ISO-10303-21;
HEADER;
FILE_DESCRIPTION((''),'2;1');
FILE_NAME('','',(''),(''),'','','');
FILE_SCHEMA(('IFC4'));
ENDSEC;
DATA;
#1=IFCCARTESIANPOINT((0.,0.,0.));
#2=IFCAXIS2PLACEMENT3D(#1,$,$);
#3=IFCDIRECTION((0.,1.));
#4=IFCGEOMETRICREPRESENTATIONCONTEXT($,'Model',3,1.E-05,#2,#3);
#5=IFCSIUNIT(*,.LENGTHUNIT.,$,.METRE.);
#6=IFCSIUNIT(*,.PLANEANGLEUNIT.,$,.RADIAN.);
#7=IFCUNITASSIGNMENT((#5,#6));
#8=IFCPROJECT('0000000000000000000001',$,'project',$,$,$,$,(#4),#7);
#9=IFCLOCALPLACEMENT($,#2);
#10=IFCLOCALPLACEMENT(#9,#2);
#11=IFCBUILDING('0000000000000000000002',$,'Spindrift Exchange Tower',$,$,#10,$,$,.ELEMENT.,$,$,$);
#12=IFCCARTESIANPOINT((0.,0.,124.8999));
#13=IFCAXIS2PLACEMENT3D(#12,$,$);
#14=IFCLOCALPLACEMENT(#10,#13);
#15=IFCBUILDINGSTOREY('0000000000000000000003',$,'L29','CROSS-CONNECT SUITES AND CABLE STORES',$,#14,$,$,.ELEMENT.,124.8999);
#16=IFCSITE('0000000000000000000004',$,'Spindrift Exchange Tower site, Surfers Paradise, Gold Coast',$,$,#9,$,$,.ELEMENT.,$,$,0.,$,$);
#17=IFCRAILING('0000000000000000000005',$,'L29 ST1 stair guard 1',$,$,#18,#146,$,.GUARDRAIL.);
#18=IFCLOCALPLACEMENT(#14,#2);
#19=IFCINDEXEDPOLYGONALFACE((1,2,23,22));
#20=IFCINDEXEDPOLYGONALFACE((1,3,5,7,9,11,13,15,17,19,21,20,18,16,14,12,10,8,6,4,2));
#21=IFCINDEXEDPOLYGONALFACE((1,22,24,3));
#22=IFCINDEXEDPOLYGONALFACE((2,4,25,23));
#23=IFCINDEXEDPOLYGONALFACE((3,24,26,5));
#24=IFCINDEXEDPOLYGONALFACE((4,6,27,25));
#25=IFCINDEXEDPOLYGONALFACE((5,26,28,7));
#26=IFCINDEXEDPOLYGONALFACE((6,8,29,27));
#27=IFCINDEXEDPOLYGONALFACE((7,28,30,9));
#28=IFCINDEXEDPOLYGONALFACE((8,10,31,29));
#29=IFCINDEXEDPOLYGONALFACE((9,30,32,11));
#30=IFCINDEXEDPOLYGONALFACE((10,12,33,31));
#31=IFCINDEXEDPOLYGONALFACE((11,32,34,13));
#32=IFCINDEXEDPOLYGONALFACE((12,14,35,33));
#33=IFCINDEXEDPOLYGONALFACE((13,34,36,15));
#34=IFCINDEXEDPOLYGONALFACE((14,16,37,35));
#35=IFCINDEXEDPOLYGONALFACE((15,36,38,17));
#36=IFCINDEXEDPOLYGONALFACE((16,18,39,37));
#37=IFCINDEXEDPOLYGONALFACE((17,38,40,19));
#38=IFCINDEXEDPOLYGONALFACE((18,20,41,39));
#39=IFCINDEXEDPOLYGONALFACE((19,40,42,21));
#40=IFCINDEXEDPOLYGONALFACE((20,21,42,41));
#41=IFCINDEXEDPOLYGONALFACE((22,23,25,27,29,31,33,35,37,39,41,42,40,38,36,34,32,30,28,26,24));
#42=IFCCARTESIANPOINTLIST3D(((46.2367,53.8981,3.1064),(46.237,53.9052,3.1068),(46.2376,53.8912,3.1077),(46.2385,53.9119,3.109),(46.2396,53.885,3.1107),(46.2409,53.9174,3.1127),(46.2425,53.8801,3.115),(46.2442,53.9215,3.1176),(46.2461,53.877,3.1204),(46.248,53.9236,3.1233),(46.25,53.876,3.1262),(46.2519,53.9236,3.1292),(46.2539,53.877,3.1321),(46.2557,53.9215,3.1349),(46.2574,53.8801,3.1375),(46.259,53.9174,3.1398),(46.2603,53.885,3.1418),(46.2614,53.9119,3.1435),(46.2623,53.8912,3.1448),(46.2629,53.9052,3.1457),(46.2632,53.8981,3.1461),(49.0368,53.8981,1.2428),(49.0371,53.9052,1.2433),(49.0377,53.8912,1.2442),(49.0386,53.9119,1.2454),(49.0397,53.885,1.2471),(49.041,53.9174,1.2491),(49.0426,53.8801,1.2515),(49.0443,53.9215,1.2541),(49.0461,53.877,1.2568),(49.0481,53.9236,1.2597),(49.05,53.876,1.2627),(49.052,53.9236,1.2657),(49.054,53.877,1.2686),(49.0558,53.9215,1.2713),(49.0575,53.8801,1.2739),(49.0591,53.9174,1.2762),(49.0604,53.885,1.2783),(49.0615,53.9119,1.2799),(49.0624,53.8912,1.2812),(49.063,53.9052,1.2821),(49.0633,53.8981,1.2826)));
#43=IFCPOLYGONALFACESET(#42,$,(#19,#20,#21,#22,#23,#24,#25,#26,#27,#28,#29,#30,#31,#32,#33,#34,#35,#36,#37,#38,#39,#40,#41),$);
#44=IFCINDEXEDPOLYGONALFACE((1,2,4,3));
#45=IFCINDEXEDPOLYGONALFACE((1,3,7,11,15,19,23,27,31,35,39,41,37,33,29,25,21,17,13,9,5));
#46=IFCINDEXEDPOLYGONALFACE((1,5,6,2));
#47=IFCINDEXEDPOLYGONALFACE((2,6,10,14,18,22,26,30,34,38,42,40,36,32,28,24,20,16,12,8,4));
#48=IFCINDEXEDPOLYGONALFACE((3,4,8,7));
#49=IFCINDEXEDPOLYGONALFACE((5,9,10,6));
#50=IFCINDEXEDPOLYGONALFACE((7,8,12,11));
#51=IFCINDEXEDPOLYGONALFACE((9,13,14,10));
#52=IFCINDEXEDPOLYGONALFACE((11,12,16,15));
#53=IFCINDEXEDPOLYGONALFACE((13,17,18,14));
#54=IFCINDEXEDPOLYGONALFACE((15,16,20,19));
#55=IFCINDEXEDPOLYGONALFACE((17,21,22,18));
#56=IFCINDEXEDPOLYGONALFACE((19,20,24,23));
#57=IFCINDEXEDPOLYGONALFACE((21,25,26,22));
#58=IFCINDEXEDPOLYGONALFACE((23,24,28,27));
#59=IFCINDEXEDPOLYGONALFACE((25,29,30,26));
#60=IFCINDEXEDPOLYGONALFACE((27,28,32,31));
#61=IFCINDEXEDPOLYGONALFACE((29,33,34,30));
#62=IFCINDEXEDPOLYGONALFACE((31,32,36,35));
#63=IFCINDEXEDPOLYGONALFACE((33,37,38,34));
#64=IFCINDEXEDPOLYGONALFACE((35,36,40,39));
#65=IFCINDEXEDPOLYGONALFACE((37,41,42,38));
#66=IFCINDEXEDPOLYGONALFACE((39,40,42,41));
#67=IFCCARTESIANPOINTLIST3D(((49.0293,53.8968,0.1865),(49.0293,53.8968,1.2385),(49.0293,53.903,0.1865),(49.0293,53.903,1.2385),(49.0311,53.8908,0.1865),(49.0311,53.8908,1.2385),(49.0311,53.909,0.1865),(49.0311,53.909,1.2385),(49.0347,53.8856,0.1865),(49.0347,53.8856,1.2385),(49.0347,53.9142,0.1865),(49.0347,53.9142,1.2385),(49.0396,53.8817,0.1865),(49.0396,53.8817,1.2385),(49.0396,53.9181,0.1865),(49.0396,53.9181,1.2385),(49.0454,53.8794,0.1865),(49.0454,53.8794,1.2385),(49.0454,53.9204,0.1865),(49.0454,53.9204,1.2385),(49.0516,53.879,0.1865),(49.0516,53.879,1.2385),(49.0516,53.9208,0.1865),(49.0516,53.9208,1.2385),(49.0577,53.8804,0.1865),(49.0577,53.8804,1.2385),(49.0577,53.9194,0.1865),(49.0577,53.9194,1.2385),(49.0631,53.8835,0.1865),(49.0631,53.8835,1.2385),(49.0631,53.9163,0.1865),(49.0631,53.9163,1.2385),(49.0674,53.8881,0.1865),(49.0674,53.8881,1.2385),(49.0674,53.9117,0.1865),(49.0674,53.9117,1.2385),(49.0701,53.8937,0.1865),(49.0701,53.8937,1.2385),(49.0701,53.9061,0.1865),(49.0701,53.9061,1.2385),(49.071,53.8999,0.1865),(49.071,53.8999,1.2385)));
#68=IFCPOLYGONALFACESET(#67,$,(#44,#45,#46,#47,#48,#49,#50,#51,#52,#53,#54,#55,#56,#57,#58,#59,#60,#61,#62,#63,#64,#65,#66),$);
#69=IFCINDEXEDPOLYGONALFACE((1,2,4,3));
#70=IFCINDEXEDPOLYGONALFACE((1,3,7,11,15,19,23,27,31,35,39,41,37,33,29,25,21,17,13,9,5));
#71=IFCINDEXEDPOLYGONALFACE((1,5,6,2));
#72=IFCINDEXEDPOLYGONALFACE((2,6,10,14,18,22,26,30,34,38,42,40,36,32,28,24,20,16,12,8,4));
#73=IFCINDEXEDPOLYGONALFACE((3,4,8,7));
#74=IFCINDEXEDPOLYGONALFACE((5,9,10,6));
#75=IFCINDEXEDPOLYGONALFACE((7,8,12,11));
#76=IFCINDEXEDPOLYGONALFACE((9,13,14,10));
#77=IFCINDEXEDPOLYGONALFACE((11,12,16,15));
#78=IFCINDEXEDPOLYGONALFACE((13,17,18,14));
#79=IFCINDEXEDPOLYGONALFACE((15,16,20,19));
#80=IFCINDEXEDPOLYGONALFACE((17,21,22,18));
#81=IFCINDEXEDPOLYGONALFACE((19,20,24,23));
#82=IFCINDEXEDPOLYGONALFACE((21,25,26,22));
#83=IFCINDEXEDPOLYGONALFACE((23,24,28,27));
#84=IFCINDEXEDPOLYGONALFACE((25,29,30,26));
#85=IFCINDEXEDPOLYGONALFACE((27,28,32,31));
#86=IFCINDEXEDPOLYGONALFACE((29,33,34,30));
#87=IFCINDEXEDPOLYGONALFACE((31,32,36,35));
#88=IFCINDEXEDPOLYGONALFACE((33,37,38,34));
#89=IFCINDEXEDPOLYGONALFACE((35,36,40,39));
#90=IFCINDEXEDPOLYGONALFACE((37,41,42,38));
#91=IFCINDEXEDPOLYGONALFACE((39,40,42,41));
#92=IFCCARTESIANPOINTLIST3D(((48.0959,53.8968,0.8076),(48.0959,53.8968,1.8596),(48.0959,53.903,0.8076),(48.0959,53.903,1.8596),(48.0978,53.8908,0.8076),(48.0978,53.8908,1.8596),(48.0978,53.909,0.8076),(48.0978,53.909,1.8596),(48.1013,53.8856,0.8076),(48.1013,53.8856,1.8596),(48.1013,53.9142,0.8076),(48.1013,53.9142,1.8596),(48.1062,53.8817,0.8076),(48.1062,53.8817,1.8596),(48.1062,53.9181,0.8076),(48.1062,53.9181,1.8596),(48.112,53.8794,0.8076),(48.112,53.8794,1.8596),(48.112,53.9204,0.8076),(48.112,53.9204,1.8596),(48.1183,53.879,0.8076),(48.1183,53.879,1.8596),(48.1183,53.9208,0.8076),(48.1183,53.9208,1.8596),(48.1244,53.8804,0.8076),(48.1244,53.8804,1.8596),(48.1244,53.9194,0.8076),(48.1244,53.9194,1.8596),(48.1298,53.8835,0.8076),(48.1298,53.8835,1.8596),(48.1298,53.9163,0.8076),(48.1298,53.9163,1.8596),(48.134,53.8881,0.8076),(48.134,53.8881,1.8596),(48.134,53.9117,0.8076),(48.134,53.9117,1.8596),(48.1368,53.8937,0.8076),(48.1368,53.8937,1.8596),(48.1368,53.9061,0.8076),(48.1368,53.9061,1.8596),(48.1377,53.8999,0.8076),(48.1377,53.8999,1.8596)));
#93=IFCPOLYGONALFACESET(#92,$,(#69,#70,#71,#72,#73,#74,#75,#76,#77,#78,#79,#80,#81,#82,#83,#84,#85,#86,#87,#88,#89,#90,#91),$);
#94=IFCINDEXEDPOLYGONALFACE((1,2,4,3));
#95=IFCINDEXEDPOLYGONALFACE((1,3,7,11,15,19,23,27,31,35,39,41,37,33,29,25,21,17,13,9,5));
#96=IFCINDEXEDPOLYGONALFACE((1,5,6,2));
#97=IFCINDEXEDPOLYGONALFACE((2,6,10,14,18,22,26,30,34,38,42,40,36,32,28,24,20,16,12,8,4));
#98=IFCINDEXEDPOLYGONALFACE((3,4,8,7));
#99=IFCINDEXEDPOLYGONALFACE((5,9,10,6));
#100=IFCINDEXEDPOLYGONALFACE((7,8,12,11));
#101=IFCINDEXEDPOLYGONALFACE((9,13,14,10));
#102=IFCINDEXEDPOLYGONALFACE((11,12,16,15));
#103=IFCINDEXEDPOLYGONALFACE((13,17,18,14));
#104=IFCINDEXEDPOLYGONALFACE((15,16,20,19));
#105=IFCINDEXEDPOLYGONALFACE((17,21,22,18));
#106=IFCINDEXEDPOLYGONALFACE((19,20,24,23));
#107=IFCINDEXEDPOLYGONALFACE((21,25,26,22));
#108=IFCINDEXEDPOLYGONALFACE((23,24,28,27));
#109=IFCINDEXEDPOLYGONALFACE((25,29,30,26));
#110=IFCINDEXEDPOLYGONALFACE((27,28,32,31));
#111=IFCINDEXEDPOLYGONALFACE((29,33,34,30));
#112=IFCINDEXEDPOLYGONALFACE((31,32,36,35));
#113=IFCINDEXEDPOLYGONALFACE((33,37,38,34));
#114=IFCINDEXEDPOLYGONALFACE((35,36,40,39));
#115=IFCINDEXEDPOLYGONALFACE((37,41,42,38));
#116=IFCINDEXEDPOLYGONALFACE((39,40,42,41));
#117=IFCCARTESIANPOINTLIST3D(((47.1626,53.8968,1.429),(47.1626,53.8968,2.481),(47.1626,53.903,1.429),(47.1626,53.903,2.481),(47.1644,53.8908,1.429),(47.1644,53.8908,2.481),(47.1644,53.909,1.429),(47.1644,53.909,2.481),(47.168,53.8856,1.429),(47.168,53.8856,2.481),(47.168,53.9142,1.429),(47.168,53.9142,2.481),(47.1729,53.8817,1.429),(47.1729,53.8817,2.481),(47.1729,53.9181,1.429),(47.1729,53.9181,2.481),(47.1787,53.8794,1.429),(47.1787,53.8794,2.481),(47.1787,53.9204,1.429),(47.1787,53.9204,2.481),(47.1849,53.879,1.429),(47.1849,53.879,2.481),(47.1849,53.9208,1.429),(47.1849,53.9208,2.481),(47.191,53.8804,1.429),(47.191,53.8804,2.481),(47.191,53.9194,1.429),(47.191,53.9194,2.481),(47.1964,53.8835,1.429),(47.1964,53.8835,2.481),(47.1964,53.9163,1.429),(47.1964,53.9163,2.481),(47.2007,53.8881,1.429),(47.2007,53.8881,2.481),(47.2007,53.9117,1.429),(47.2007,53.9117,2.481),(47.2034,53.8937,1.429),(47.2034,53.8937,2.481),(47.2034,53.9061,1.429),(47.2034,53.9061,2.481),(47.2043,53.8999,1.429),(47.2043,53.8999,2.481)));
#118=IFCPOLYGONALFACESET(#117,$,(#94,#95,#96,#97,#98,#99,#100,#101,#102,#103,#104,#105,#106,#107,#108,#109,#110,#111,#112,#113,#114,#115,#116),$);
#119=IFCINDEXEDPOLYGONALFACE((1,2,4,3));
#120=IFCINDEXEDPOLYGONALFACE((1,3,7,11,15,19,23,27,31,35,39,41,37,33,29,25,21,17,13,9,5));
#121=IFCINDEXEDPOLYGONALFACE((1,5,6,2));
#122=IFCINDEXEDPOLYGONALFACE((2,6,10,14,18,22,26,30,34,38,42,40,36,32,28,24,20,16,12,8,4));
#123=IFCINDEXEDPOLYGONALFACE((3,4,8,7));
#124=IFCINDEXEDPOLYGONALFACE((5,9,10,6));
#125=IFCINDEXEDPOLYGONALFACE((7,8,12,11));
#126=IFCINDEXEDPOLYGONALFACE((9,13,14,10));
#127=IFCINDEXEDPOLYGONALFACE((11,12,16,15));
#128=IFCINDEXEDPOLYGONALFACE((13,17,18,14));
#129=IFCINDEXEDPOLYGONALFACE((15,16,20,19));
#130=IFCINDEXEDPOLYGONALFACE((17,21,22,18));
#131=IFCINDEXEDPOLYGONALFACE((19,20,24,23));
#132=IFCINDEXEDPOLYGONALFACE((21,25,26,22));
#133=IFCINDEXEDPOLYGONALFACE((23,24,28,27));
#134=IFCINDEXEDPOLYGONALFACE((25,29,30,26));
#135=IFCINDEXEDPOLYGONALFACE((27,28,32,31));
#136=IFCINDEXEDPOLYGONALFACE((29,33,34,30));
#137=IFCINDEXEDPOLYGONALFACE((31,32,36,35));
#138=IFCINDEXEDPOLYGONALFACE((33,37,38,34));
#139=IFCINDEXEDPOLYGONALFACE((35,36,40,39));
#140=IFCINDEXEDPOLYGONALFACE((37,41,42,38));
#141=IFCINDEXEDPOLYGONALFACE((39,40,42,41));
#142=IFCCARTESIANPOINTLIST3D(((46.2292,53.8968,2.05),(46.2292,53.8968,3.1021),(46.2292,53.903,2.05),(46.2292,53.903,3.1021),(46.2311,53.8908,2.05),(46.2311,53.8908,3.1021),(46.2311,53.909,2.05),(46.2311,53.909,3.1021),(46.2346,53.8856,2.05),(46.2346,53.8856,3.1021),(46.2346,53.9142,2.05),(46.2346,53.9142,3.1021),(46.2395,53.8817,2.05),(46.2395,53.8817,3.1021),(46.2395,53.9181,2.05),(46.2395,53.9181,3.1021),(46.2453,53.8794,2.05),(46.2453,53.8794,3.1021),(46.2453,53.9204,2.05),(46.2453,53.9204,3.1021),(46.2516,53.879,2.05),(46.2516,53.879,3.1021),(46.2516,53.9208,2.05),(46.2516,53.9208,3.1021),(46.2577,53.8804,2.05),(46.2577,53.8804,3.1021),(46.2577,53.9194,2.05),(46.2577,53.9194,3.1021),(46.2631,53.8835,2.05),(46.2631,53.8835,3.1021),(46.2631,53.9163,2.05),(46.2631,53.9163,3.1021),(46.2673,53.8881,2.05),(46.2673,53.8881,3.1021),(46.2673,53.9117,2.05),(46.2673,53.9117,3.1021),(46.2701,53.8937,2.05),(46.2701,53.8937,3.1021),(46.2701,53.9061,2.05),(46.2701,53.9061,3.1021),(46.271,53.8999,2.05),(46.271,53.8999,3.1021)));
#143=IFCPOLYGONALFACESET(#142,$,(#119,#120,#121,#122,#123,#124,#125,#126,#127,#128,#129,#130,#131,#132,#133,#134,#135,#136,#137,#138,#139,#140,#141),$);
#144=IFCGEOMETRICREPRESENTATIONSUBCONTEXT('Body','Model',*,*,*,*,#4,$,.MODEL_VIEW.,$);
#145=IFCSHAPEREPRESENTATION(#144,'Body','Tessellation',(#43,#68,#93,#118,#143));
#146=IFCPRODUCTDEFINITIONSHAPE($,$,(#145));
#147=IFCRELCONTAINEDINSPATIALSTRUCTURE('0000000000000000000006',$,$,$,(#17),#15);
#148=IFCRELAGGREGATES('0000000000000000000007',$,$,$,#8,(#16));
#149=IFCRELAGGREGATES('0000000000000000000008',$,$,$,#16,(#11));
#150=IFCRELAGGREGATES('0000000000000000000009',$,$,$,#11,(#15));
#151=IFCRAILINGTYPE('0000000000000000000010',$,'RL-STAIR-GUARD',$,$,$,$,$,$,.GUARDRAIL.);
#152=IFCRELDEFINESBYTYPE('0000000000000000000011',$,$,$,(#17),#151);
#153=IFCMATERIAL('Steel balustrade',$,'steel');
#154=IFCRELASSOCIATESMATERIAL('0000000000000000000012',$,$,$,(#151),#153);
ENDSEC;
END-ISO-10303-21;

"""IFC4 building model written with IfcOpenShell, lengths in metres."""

from ifc_helpers import new_model, si_unit, direction, frame, origin, origin_2d, place, context, subcontext, project, spatial, circle, extrude, material, type_object, element, save


model = new_model("IFC4")

# Units and contexts
model_context = context("Model", 3, precision=1e-05, world=origin(), true_north=direction((0.0, 1.0)))
body_context = subcontext(model_context, "Body", "Model", "MODEL_VIEW")
ifc_project = project(units=[si_unit("LENGTHUNIT", "METRE"), si_unit("PLANEANGLEUNIT", "RADIAN")], contexts=[model_context])

# Site, building, storey
site_placement = place(None, origin())
site = spatial("IfcSite", under=ifc_project, at=site_placement, Name="Spindrift Exchange Tower site, Surfers Paradise, Gold Coast", CompositionType="ELEMENT", RefElevation=0.0)
building_placement = place(site_placement, origin())
building = spatial("IfcBuilding", under=site, at=building_placement, Name="Spindrift Exchange Tower", CompositionType="ELEMENT")
storey_placement = place(building_placement, frame((0.0, 0.0, 124.8999)))
storey = spatial("IfcBuildingStorey", under=building, at=storey_placement, Name="L29", Description="CROSS-CONNECT SUITES AND CABLE STORES", CompositionType="ELEMENT", Elevation=124.8999)

# Railing
ifc_material_1 = material(Name="Steel balustrade", Category="steel")
railing_type_1 = type_object("IfcRailingType", Name="RL-STAIR-GUARD", PredefinedType="GUARDRAIL", material=ifc_material_1)
railing_1_placement = place(storey_placement, frame((49.05, 53.8999, 0.1865)))
element("IfcRailing", 1, at=railing_1_placement, inside=storey, type_object=railing_type_1, Name="L29 ST1 stair guard 1", PredefinedType="GUARDRAIL", context=body_context, shape_type="SweptSolid", body=[
    extrude(circle(Radius=0.0239, at=origin_2d()), frame((0.0, 0.0, 1.0762), z_axis=(-0.832486, 0.0, 0.554047), x_axis=(0.0, -1.0, 0.0)), (0.0, 0.0, 1.0), 3.3635),
    extrude(circle(Radius=0.021, at=origin_2d()), origin(), (0.0, 0.0, 1.0), 1.052),
    extrude(circle(Radius=0.021, at=origin_2d()), frame((-0.9333, 0.0, 0.6211)), (0.0, 0.0, 1.0), 1.052),
    extrude(circle(Radius=0.021, at=origin_2d()), frame((-1.8667, 0.0, 1.2424)), (0.0, 0.0, 1.0), 1.052),
    extrude(circle(Radius=0.021, at=origin_2d()), frame((-2.8, 0.0, 1.8635)), (0.0, 0.0, 1.0), 1.052),
])

save(model, "model.ifc")
